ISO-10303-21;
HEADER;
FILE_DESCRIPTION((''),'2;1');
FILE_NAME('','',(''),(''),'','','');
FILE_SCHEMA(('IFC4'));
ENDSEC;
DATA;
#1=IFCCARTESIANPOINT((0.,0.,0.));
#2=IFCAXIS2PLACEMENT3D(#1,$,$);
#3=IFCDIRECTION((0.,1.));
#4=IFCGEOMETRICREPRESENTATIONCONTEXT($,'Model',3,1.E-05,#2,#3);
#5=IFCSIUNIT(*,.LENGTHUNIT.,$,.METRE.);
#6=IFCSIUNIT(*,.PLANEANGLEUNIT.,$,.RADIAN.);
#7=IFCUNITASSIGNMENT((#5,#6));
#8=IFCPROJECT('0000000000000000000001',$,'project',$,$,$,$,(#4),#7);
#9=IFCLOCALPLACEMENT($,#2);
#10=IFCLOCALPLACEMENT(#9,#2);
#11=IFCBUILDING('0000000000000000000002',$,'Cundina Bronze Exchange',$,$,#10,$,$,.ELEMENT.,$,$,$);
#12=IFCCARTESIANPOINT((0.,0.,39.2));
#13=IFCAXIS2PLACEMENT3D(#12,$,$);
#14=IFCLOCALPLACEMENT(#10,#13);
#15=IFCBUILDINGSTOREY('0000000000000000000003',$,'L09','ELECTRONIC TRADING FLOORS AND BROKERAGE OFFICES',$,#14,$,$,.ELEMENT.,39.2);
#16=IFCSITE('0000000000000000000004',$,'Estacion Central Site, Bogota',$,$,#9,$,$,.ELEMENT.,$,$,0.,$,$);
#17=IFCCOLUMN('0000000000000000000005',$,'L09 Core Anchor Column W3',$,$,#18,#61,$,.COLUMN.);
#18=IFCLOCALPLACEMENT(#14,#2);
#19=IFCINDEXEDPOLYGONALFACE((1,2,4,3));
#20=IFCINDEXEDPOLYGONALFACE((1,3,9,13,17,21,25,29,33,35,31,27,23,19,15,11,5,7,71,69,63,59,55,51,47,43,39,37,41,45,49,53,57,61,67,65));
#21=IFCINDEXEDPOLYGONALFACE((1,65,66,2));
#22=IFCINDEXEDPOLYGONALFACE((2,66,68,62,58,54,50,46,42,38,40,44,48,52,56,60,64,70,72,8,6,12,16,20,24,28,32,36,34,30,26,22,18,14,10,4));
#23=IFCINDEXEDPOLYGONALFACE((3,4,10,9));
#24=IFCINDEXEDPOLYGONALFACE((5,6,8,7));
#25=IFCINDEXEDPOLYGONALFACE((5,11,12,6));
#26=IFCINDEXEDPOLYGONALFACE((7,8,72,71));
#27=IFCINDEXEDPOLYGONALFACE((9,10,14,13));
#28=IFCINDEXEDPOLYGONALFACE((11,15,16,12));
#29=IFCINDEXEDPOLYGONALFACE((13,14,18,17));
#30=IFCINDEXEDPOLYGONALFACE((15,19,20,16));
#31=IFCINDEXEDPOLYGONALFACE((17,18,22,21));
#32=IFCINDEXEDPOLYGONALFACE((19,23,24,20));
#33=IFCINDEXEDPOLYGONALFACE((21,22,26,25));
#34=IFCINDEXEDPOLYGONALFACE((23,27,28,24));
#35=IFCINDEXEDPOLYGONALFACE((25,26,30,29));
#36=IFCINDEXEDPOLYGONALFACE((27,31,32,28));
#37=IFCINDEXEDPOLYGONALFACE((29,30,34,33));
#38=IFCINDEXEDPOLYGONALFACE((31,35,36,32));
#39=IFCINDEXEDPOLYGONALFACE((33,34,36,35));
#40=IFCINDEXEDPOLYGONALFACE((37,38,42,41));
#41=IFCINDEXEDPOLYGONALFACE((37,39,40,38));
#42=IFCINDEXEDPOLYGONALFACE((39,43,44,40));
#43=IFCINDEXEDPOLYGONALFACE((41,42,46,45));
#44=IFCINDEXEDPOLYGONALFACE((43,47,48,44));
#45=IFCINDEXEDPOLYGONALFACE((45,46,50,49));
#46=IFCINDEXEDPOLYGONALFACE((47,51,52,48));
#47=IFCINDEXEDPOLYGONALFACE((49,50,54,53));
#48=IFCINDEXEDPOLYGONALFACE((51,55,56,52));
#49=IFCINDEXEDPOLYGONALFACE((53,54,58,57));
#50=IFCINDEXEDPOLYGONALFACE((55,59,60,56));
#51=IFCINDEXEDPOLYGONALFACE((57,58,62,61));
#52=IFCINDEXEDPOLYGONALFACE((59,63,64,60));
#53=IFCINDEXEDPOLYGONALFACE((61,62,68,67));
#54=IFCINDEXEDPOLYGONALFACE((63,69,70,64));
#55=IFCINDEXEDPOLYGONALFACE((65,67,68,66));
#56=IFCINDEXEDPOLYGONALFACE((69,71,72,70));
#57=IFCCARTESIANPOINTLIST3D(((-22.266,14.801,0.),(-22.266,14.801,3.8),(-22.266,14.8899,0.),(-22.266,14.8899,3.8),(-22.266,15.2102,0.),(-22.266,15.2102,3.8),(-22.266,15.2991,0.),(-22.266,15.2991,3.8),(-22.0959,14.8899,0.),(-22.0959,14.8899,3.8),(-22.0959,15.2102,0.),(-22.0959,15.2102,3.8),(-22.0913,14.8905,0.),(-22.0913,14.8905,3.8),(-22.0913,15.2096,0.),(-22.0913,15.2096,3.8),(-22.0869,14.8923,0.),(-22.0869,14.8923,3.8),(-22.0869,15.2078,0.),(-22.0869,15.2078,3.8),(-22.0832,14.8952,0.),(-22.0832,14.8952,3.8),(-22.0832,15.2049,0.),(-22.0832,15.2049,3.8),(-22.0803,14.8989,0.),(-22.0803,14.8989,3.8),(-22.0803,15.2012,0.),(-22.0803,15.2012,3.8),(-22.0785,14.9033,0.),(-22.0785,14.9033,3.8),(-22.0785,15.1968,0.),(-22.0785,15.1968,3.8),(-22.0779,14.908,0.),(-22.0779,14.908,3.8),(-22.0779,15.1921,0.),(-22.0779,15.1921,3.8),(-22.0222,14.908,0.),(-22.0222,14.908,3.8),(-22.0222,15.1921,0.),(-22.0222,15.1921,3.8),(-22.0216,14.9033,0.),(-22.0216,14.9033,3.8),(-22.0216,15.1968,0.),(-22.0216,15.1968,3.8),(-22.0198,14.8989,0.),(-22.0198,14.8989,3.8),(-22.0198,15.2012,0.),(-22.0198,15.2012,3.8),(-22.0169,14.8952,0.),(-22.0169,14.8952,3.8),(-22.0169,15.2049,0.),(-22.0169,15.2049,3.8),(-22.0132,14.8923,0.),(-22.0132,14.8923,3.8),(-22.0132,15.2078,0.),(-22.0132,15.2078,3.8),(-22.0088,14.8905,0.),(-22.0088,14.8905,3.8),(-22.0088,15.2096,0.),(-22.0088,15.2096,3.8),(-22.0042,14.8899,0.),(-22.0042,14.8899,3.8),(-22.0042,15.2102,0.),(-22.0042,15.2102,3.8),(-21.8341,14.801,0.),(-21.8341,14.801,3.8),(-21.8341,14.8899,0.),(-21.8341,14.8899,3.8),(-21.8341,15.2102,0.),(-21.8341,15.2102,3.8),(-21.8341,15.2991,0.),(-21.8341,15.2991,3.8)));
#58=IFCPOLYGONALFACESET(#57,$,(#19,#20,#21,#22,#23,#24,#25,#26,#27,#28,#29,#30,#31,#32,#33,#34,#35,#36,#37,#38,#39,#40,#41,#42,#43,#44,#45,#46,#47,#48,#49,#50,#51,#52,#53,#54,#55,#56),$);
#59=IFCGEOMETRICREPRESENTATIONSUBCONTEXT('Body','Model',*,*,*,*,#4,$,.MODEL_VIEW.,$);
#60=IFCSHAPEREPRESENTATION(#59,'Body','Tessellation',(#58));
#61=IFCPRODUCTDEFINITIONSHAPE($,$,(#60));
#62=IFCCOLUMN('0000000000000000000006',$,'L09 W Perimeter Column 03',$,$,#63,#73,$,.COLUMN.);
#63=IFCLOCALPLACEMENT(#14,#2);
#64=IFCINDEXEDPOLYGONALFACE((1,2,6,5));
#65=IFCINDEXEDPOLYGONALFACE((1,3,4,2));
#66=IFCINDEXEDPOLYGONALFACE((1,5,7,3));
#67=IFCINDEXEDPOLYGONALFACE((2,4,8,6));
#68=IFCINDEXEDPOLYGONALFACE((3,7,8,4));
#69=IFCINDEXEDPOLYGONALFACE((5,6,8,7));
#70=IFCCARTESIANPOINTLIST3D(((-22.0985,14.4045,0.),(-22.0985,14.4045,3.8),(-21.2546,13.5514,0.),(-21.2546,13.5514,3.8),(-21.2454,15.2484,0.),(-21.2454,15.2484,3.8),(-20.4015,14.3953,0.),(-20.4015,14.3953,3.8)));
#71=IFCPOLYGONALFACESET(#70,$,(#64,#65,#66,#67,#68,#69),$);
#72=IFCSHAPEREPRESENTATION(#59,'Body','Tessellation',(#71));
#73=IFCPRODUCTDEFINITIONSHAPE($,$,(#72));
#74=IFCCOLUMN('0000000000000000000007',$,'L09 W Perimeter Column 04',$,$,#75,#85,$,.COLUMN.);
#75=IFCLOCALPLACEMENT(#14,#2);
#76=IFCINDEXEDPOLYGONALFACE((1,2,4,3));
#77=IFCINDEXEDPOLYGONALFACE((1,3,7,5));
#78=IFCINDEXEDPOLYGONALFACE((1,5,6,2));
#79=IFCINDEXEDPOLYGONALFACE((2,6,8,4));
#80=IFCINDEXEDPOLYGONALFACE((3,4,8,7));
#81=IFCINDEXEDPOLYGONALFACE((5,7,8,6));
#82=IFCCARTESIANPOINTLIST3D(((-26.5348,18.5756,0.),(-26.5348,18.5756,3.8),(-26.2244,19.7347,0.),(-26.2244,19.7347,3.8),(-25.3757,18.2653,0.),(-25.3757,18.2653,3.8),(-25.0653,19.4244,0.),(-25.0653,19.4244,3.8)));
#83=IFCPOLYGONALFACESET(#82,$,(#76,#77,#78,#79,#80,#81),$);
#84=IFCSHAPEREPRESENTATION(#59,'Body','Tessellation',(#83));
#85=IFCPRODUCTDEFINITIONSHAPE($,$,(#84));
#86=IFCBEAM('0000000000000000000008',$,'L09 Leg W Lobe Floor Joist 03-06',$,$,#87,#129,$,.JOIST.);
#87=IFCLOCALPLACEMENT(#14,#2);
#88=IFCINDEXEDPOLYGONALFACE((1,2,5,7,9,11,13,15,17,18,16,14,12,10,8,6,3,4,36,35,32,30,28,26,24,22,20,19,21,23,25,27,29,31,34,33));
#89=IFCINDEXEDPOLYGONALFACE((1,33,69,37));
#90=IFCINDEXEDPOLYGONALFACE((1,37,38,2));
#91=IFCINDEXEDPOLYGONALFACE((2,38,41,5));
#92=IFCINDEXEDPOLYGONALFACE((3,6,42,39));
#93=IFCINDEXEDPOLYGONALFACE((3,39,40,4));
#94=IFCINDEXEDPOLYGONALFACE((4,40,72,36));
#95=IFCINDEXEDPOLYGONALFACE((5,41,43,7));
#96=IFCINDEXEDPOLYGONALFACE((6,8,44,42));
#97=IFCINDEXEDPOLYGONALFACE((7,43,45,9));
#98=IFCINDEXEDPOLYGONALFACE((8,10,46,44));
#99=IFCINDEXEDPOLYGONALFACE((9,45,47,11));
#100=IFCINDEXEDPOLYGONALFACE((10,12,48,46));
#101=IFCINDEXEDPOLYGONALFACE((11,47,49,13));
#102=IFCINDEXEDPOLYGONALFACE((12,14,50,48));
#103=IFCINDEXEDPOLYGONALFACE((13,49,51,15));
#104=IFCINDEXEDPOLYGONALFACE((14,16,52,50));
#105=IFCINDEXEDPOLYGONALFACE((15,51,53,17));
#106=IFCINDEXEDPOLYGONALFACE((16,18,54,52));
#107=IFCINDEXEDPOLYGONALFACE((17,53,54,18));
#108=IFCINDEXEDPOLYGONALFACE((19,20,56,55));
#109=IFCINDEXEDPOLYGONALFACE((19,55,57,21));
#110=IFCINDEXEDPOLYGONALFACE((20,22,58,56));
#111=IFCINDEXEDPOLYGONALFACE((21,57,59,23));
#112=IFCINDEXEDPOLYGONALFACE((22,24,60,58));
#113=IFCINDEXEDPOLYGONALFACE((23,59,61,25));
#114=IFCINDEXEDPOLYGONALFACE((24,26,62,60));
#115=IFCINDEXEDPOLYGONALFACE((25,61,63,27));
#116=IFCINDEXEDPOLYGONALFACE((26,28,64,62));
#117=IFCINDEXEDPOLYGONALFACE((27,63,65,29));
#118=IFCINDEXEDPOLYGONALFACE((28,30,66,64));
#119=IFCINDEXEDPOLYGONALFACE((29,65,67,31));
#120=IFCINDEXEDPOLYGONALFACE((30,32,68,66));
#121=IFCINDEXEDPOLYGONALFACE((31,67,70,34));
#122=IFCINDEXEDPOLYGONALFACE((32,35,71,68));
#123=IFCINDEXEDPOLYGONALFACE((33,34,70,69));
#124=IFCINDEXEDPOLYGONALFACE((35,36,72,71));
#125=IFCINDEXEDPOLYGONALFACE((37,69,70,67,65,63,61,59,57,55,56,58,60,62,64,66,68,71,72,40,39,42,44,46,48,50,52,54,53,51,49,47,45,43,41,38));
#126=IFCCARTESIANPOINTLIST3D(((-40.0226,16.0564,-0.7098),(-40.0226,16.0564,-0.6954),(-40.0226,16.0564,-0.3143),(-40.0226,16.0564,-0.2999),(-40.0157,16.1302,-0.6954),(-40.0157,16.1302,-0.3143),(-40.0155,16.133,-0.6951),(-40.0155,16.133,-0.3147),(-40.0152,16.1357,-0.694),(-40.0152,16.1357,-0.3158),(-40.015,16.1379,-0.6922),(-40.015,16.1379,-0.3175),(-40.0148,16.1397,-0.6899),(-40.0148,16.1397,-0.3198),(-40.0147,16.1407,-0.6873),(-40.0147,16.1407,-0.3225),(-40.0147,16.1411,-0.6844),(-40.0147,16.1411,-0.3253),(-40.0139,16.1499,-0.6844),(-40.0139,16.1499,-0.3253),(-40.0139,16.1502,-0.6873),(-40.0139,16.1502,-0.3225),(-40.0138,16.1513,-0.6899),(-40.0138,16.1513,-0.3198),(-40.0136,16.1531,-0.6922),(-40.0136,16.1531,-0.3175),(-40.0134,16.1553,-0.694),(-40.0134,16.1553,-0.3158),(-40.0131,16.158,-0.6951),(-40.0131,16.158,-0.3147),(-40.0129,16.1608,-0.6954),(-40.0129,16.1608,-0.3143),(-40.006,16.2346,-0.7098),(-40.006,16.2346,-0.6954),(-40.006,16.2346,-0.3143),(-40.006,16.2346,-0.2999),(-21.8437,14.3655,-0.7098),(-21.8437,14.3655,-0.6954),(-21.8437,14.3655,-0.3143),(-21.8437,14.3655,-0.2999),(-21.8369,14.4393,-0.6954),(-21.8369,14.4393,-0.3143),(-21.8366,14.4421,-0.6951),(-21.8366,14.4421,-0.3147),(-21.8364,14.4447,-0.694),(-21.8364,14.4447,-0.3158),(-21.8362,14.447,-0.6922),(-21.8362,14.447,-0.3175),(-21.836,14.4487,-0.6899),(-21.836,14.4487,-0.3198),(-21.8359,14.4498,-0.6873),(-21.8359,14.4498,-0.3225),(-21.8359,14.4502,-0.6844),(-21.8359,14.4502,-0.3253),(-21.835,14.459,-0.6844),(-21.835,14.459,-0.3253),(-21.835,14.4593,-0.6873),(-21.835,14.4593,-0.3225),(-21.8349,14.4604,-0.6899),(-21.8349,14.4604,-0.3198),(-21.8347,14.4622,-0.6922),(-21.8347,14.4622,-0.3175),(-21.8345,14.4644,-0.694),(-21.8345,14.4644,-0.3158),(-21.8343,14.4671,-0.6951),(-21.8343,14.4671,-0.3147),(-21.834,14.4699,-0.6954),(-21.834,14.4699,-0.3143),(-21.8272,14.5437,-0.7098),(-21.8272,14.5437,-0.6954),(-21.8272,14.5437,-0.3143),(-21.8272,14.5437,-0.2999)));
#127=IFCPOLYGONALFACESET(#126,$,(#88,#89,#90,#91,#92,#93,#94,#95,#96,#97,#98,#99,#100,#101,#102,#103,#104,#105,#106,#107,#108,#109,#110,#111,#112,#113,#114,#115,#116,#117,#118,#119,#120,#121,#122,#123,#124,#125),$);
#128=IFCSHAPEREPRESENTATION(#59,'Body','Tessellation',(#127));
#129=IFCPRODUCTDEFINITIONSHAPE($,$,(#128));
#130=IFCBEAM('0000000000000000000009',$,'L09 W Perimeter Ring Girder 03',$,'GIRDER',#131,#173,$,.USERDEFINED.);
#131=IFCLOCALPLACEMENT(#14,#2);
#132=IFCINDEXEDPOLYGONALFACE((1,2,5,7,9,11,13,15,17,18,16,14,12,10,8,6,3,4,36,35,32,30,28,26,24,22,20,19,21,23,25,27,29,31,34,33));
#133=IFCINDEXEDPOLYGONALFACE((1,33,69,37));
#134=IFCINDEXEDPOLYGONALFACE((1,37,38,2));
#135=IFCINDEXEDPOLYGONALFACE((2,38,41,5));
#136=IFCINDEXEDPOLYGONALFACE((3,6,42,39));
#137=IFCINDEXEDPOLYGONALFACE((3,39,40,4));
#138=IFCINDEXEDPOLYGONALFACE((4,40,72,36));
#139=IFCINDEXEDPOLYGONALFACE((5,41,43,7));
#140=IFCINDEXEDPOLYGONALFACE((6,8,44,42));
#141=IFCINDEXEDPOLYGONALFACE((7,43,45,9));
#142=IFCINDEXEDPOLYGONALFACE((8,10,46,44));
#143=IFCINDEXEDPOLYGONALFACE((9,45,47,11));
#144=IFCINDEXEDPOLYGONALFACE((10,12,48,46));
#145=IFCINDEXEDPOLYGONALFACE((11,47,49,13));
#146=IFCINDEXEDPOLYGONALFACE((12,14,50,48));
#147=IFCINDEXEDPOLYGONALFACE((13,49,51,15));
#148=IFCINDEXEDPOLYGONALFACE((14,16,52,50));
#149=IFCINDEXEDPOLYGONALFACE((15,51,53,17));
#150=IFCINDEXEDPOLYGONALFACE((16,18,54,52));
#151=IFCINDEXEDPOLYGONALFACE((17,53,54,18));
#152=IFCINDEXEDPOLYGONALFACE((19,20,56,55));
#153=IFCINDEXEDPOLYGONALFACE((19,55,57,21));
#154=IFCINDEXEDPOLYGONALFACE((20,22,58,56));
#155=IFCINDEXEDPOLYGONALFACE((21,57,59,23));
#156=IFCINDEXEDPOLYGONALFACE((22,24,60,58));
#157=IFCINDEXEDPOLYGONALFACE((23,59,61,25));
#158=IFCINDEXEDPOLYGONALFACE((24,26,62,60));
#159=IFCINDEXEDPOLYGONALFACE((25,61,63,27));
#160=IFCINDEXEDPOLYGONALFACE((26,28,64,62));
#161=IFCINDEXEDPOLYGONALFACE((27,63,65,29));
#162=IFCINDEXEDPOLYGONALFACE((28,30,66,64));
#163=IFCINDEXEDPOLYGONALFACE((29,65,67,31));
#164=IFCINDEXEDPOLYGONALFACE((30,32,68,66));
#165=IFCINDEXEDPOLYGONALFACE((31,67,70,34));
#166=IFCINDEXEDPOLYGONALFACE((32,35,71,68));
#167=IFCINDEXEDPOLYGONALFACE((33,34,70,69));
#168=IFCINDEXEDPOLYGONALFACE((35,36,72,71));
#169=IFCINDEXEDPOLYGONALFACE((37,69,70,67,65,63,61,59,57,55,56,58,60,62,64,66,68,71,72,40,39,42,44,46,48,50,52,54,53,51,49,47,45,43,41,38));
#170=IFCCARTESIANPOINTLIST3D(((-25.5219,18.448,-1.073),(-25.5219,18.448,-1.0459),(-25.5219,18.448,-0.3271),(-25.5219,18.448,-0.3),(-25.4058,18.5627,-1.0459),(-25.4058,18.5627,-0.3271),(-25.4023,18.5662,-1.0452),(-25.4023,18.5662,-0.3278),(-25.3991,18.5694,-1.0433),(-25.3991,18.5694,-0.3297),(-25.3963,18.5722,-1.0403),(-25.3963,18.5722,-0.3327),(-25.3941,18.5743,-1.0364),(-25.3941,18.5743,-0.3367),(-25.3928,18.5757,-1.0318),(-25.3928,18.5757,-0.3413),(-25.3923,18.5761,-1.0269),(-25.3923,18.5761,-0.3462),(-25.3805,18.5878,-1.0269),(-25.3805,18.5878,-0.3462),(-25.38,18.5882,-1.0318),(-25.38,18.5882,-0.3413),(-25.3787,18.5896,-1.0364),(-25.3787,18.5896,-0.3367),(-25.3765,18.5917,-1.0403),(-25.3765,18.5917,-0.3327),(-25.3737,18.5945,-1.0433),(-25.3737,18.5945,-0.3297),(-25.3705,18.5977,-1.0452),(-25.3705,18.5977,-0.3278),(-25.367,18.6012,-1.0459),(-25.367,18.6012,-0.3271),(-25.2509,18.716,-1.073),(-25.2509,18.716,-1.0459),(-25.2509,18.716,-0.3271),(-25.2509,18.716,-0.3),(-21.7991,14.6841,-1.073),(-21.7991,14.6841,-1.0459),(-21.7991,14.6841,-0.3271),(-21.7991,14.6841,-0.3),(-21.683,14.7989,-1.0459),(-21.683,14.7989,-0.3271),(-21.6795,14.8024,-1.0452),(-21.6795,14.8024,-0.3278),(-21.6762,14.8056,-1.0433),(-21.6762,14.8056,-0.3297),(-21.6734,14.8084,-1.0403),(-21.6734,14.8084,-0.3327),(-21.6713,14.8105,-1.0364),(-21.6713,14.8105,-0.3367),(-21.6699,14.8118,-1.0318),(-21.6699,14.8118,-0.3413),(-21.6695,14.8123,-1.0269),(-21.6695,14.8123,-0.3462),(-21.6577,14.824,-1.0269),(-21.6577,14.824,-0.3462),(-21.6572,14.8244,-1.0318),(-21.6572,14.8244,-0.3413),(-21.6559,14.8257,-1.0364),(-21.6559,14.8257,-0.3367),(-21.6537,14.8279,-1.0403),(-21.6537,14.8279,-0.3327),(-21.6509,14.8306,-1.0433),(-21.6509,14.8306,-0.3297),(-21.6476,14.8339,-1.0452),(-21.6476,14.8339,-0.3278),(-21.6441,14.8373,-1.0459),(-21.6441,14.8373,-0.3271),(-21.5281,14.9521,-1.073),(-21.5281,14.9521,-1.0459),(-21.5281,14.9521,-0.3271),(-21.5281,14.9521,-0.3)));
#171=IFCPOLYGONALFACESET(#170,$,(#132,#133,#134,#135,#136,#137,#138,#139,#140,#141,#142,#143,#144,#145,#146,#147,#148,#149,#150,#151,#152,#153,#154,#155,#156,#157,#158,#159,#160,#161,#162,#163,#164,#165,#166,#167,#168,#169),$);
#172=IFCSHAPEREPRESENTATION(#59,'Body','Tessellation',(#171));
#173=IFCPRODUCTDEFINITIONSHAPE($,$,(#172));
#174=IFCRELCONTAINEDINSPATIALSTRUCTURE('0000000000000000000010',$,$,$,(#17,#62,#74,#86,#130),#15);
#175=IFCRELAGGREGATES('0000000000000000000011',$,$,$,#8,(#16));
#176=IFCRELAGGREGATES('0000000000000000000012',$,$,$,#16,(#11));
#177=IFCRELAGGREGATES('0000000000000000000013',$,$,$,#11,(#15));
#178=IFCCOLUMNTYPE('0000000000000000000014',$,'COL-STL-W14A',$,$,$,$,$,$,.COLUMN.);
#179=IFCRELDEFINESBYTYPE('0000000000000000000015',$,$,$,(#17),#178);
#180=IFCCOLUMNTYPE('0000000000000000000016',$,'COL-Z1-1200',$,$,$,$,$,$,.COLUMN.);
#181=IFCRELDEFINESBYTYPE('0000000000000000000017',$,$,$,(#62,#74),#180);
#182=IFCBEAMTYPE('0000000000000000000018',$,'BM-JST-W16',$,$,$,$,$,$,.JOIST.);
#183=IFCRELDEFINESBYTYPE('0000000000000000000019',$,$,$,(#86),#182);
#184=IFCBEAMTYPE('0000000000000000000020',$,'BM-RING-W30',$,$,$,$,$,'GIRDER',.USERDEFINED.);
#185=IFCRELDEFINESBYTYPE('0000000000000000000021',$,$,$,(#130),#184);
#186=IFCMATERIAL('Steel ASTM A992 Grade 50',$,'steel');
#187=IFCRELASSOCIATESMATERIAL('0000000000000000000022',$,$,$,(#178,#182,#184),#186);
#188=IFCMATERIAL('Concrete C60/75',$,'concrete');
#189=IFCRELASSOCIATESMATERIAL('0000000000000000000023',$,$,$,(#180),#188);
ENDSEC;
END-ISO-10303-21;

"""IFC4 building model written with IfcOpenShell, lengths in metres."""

from ifc_helpers import new_model, si_unit, direction, frame, origin, origin_2d, place, context, subcontext, project, spatial, rectangle, i_section, extrude, material, material_profile, profile_set, type_object, element, save


model = new_model("IFC4")

# Units and contexts
model_context = context("Model", 3, precision=1e-05, world=origin(), true_north=direction((0.0, 1.0)))
body_context = subcontext(model_context, "Body", "Model", "MODEL_VIEW")
ifc_project = project(units=[si_unit("LENGTHUNIT", "METRE"), si_unit("PLANEANGLEUNIT", "RADIAN")], contexts=[model_context])

# Site, building, storey
site_placement = place(None, origin())
site = spatial("IfcSite", under=ifc_project, at=site_placement, Name="Estacion Central Site, Bogota", CompositionType="ELEMENT", RefElevation=0.0)
building_placement = place(site_placement, origin())
building = spatial("IfcBuilding", under=site, at=building_placement, Name="Cundina Bronze Exchange", CompositionType="ELEMENT")
storey_placement = place(building_placement, frame((0.0, 0.0, 39.2)))
storey = spatial("IfcBuildingStorey", under=building, at=storey_placement, Name="L09", Description="ELECTRONIC TRADING FLOORS AND BROKERAGE OFFICES", CompositionType="ELEMENT", Elevation=39.2)

# Columns
ifc_material_1 = material(Name="Steel ASTM A992 Grade 50", Category="steel")
ifc_material_profile_1 = material_profile(ifc_material_1, i_section(OverallWidth=0.4319, OverallDepth=0.498, WebThickness=0.0557, FlangeThickness=0.0889, FilletRadius=0.0181, at=origin_2d()), Name="W14X500", Category="steel")
ifc_profile_set_1 = profile_set([ifc_material_profile_1], Name="Steel ASTM A992 Grade 50")
column_type_1 = type_object("IfcColumnType", Name="COL-STL-W14A", PredefinedType="COLUMN", material=ifc_profile_set_1)
column_placement = place(storey_placement, frame((-22.05, 15.05, 0.0), z_axis=(0.0, 0.0, 1.0), x_axis=(1.0, 0.0, 0.0)))
element("IfcColumn", 1, at=column_placement, inside=storey, type_object=column_type_1, Name="L09 Core Anchor Column W3", PredefinedType="COLUMN", context=body_context, shape_type="SweptSolid", body=[
    extrude(i_section(OverallWidth=0.4319, OverallDepth=0.498, WebThickness=0.0557, FlangeThickness=0.0889, FilletRadius=0.0181, at=origin_2d()), origin(), (0.0, 0.0, 1.0), 3.8),
])
ifc_material_2 = material(Name="Concrete C60/75", Category="concrete")
ifc_material_profile_2 = material_profile(ifc_material_2, rectangle(XDim=1.2, YDim=1.2, at=origin_2d()), Name="RC1200X1200", Category="concrete")
ifc_profile_set_2 = profile_set([ifc_material_profile_2], Name="Concrete C60/75")
column_type_2 = type_object("IfcColumnType", Name="COL-Z1-1200", PredefinedType="COLUMN", material=ifc_profile_set_2)
for number, where, z_axis, x_axis, name in (
    (2, (-21.25, 14.3999, 0.0), (0.0, 0.0, 1.0), (-0.703271, 0.710922, 0.0), "L09 W Perimeter Column 03"),
    (3, (-25.8, 19.0, 0.0), (0.0, 0.0, 1.0), (-0.965971, 0.25865, 0.0), "L09 W Perimeter Column 04"),
):
    element("IfcColumn", number, at=place(storey_placement, frame(where, z_axis=z_axis, x_axis=x_axis)), inside=storey, type_object=column_type_2, Name=name, PredefinedType="COLUMN", context=body_context, shape_type="SweptSolid", body=[
        extrude(rectangle(XDim=1.2, YDim=1.2, at=origin_2d()), origin(), (0.0, 0.0, 1.0), 3.8),
    ])

# Beams
ifc_material_profile_3 = material_profile(ifc_material_1, i_section(OverallWidth=0.179, OverallDepth=0.4099, WebThickness=0.0088, FlangeThickness=0.0144, FilletRadius=0.011, at=origin_2d()), Name="W16X45", Category="steel")
ifc_profile_set_3 = profile_set([ifc_material_profile_3], Name="Steel ASTM A992 Grade 50")
beam_type_1 = type_object("IfcBeamType", Name="BM-JST-W16", PredefinedType="JOIST", material=ifc_profile_set_3)
beam_1_placement = place(storey_placement, frame((-21.8354, 14.4546, -0.5049), z_axis=(-0.995702, 0.092615, 0.0), x_axis=(-0.092615, -0.995702, 0.0)))
element("IfcBeam", 4, at=beam_1_placement, inside=storey, type_object=beam_type_1, Name="L09 Leg W Lobe Floor Joist 03-06", PredefinedType="JOIST", context=body_context, shape_type="SweptSolid", body=[
    extrude(i_section(OverallWidth=0.179, OverallDepth=0.4099, WebThickness=0.0088, FlangeThickness=0.0144, FilletRadius=0.011, at=origin_2d()), origin(), (0.0, 0.0, 1.0), 18.2573),
])
ifc_material_profile_4 = material_profile(ifc_material_1, i_section(OverallWidth=0.3811, OverallDepth=0.7729, WebThickness=0.0166, FlangeThickness=0.0271, FilletRadius=0.019, at=origin_2d()), Name="W30X173", Category="steel")
ifc_profile_set_4 = profile_set([ifc_material_profile_4], Name="Steel ASTM A992 Grade 50")
beam_type_2 = type_object("IfcBeamType", Name="BM-RING-W30", ElementType="GIRDER", PredefinedType="USERDEFINED", material=ifc_profile_set_4)
beam_2_placement = place(storey_placement, frame((-21.6636, 14.8181, -0.6865), z_axis=(-0.703222, 0.71097, 0.0), x_axis=(-0.71097, -0.703222, 0.0)))
element("IfcBeam", 5, at=beam_2_placement, inside=storey, type_object=beam_type_2, Name="L09 W Perimeter Ring Girder 03", ObjectType="GIRDER", PredefinedType="USERDEFINED", context=body_context, shape_type="SweptSolid", body=[
    extrude(i_section(OverallWidth=0.3811, OverallDepth=0.7729, WebThickness=0.0166, FlangeThickness=0.0271, FilletRadius=0.019, at=origin_2d()), origin(), (0.0, 0.0, 1.0), 5.2939),
])

save(model, "model.ifc")
